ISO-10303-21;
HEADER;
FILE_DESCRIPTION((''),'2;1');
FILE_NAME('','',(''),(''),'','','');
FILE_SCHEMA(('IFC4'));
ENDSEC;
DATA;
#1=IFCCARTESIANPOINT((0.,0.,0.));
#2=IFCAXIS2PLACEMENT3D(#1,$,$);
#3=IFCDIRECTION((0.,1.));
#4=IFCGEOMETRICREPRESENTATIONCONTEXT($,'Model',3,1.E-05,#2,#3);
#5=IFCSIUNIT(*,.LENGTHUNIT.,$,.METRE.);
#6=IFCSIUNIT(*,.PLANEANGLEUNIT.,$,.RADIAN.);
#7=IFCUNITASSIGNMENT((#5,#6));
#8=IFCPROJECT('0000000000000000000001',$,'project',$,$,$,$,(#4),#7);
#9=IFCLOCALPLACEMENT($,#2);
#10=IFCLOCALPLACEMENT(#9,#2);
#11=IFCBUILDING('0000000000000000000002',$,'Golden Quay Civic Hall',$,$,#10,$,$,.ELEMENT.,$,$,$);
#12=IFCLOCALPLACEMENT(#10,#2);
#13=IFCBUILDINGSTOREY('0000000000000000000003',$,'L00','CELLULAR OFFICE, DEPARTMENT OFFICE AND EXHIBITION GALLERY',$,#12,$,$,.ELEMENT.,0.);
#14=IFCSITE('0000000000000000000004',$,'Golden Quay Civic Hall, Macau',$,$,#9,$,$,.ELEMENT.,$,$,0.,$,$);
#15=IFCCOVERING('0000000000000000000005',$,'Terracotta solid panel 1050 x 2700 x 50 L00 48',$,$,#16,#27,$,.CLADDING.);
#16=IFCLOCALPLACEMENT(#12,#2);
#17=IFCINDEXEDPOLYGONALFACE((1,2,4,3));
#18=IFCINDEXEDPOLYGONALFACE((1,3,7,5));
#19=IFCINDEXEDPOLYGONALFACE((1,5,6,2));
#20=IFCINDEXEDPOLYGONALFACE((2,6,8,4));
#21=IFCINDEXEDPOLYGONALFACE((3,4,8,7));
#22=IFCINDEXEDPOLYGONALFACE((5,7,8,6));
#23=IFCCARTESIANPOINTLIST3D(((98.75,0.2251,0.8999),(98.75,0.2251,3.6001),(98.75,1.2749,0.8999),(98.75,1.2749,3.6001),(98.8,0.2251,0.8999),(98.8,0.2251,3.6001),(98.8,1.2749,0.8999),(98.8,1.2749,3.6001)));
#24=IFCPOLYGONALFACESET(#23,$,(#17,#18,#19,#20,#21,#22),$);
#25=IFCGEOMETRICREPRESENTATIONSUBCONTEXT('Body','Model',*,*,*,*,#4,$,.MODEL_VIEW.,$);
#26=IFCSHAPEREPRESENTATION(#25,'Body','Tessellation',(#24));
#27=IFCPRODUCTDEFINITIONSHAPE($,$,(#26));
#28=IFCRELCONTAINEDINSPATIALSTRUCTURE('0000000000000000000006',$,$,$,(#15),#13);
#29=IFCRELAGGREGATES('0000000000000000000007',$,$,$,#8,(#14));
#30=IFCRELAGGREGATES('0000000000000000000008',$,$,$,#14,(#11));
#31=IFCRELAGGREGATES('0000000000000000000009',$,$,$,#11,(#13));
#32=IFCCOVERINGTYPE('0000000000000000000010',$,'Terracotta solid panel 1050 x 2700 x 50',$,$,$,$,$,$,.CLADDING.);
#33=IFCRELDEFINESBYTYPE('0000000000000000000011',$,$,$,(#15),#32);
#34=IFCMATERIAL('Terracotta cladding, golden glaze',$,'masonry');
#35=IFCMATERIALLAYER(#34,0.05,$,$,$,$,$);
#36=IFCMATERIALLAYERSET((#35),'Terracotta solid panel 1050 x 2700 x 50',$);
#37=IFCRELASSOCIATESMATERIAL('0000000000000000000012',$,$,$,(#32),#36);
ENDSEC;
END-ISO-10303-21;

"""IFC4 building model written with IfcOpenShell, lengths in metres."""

from ifc_helpers import new_model, si_unit, direction, frame, origin, place, context, subcontext, project, spatial, polyline, outline, extrude, material, layer, layer_set, type_object, element, save


model = new_model("IFC4")

# Units and contexts
model_context = context("Model", 3, precision=1e-05, world=origin(), true_north=direction((0.0, 1.0)))
body_context = subcontext(model_context, "Body", "Model", "MODEL_VIEW")
ifc_project = project(units=[si_unit("LENGTHUNIT", "METRE"), si_unit("PLANEANGLEUNIT", "RADIAN")], contexts=[model_context])

# Site, building, storey
site_placement = place(None, origin())
site = spatial("IfcSite", under=ifc_project, at=site_placement, Name="Golden Quay Civic Hall, Macau", CompositionType="ELEMENT", RefElevation=0.0)
building_placement = place(site_placement, origin())
building = spatial("IfcBuilding", under=site, at=building_placement, Name="Golden Quay Civic Hall", CompositionType="ELEMENT")
storey_placement = place(building_placement, origin())
storey = spatial("IfcBuildingStorey", under=building, at=storey_placement, Name="L00", Description="CELLULAR OFFICE, DEPARTMENT OFFICE AND EXHIBITION GALLERY", CompositionType="ELEMENT", Elevation=0.0)

# Covering
ifc_material = material(Name="Terracotta cladding, golden glaze", Category="masonry")
ifc_layer = layer(ifc_material, 0.05)
ifc_layer_set = layer_set([ifc_layer], Name="Terracotta solid panel 1050 x 2700 x 50")
covering_type = type_object("IfcCoveringType", Name="Terracotta solid panel 1050 x 2700 x 50", PredefinedType="CLADDING", material=ifc_layer_set)
covering_1_placement = place(storey_placement, frame((0.0, 0.0, 0.8999)))
element("IfcCovering", 1, at=covering_1_placement, inside=storey, type_object=covering_type, Name="Terracotta solid panel 1050 x 2700 x 50 L00 48", PredefinedType="CLADDING", context=body_context, shape_type="SweptSolid", body=[
    extrude(outline(polyline([(98.8, 0.2251), (98.8, 1.2749), (98.75, 1.2749), (98.75, 0.2251), (98.8, 0.2251)])), origin(), (0.0, 0.0, 1.0), 2.7002),
])

save(model, "model.ifc")
